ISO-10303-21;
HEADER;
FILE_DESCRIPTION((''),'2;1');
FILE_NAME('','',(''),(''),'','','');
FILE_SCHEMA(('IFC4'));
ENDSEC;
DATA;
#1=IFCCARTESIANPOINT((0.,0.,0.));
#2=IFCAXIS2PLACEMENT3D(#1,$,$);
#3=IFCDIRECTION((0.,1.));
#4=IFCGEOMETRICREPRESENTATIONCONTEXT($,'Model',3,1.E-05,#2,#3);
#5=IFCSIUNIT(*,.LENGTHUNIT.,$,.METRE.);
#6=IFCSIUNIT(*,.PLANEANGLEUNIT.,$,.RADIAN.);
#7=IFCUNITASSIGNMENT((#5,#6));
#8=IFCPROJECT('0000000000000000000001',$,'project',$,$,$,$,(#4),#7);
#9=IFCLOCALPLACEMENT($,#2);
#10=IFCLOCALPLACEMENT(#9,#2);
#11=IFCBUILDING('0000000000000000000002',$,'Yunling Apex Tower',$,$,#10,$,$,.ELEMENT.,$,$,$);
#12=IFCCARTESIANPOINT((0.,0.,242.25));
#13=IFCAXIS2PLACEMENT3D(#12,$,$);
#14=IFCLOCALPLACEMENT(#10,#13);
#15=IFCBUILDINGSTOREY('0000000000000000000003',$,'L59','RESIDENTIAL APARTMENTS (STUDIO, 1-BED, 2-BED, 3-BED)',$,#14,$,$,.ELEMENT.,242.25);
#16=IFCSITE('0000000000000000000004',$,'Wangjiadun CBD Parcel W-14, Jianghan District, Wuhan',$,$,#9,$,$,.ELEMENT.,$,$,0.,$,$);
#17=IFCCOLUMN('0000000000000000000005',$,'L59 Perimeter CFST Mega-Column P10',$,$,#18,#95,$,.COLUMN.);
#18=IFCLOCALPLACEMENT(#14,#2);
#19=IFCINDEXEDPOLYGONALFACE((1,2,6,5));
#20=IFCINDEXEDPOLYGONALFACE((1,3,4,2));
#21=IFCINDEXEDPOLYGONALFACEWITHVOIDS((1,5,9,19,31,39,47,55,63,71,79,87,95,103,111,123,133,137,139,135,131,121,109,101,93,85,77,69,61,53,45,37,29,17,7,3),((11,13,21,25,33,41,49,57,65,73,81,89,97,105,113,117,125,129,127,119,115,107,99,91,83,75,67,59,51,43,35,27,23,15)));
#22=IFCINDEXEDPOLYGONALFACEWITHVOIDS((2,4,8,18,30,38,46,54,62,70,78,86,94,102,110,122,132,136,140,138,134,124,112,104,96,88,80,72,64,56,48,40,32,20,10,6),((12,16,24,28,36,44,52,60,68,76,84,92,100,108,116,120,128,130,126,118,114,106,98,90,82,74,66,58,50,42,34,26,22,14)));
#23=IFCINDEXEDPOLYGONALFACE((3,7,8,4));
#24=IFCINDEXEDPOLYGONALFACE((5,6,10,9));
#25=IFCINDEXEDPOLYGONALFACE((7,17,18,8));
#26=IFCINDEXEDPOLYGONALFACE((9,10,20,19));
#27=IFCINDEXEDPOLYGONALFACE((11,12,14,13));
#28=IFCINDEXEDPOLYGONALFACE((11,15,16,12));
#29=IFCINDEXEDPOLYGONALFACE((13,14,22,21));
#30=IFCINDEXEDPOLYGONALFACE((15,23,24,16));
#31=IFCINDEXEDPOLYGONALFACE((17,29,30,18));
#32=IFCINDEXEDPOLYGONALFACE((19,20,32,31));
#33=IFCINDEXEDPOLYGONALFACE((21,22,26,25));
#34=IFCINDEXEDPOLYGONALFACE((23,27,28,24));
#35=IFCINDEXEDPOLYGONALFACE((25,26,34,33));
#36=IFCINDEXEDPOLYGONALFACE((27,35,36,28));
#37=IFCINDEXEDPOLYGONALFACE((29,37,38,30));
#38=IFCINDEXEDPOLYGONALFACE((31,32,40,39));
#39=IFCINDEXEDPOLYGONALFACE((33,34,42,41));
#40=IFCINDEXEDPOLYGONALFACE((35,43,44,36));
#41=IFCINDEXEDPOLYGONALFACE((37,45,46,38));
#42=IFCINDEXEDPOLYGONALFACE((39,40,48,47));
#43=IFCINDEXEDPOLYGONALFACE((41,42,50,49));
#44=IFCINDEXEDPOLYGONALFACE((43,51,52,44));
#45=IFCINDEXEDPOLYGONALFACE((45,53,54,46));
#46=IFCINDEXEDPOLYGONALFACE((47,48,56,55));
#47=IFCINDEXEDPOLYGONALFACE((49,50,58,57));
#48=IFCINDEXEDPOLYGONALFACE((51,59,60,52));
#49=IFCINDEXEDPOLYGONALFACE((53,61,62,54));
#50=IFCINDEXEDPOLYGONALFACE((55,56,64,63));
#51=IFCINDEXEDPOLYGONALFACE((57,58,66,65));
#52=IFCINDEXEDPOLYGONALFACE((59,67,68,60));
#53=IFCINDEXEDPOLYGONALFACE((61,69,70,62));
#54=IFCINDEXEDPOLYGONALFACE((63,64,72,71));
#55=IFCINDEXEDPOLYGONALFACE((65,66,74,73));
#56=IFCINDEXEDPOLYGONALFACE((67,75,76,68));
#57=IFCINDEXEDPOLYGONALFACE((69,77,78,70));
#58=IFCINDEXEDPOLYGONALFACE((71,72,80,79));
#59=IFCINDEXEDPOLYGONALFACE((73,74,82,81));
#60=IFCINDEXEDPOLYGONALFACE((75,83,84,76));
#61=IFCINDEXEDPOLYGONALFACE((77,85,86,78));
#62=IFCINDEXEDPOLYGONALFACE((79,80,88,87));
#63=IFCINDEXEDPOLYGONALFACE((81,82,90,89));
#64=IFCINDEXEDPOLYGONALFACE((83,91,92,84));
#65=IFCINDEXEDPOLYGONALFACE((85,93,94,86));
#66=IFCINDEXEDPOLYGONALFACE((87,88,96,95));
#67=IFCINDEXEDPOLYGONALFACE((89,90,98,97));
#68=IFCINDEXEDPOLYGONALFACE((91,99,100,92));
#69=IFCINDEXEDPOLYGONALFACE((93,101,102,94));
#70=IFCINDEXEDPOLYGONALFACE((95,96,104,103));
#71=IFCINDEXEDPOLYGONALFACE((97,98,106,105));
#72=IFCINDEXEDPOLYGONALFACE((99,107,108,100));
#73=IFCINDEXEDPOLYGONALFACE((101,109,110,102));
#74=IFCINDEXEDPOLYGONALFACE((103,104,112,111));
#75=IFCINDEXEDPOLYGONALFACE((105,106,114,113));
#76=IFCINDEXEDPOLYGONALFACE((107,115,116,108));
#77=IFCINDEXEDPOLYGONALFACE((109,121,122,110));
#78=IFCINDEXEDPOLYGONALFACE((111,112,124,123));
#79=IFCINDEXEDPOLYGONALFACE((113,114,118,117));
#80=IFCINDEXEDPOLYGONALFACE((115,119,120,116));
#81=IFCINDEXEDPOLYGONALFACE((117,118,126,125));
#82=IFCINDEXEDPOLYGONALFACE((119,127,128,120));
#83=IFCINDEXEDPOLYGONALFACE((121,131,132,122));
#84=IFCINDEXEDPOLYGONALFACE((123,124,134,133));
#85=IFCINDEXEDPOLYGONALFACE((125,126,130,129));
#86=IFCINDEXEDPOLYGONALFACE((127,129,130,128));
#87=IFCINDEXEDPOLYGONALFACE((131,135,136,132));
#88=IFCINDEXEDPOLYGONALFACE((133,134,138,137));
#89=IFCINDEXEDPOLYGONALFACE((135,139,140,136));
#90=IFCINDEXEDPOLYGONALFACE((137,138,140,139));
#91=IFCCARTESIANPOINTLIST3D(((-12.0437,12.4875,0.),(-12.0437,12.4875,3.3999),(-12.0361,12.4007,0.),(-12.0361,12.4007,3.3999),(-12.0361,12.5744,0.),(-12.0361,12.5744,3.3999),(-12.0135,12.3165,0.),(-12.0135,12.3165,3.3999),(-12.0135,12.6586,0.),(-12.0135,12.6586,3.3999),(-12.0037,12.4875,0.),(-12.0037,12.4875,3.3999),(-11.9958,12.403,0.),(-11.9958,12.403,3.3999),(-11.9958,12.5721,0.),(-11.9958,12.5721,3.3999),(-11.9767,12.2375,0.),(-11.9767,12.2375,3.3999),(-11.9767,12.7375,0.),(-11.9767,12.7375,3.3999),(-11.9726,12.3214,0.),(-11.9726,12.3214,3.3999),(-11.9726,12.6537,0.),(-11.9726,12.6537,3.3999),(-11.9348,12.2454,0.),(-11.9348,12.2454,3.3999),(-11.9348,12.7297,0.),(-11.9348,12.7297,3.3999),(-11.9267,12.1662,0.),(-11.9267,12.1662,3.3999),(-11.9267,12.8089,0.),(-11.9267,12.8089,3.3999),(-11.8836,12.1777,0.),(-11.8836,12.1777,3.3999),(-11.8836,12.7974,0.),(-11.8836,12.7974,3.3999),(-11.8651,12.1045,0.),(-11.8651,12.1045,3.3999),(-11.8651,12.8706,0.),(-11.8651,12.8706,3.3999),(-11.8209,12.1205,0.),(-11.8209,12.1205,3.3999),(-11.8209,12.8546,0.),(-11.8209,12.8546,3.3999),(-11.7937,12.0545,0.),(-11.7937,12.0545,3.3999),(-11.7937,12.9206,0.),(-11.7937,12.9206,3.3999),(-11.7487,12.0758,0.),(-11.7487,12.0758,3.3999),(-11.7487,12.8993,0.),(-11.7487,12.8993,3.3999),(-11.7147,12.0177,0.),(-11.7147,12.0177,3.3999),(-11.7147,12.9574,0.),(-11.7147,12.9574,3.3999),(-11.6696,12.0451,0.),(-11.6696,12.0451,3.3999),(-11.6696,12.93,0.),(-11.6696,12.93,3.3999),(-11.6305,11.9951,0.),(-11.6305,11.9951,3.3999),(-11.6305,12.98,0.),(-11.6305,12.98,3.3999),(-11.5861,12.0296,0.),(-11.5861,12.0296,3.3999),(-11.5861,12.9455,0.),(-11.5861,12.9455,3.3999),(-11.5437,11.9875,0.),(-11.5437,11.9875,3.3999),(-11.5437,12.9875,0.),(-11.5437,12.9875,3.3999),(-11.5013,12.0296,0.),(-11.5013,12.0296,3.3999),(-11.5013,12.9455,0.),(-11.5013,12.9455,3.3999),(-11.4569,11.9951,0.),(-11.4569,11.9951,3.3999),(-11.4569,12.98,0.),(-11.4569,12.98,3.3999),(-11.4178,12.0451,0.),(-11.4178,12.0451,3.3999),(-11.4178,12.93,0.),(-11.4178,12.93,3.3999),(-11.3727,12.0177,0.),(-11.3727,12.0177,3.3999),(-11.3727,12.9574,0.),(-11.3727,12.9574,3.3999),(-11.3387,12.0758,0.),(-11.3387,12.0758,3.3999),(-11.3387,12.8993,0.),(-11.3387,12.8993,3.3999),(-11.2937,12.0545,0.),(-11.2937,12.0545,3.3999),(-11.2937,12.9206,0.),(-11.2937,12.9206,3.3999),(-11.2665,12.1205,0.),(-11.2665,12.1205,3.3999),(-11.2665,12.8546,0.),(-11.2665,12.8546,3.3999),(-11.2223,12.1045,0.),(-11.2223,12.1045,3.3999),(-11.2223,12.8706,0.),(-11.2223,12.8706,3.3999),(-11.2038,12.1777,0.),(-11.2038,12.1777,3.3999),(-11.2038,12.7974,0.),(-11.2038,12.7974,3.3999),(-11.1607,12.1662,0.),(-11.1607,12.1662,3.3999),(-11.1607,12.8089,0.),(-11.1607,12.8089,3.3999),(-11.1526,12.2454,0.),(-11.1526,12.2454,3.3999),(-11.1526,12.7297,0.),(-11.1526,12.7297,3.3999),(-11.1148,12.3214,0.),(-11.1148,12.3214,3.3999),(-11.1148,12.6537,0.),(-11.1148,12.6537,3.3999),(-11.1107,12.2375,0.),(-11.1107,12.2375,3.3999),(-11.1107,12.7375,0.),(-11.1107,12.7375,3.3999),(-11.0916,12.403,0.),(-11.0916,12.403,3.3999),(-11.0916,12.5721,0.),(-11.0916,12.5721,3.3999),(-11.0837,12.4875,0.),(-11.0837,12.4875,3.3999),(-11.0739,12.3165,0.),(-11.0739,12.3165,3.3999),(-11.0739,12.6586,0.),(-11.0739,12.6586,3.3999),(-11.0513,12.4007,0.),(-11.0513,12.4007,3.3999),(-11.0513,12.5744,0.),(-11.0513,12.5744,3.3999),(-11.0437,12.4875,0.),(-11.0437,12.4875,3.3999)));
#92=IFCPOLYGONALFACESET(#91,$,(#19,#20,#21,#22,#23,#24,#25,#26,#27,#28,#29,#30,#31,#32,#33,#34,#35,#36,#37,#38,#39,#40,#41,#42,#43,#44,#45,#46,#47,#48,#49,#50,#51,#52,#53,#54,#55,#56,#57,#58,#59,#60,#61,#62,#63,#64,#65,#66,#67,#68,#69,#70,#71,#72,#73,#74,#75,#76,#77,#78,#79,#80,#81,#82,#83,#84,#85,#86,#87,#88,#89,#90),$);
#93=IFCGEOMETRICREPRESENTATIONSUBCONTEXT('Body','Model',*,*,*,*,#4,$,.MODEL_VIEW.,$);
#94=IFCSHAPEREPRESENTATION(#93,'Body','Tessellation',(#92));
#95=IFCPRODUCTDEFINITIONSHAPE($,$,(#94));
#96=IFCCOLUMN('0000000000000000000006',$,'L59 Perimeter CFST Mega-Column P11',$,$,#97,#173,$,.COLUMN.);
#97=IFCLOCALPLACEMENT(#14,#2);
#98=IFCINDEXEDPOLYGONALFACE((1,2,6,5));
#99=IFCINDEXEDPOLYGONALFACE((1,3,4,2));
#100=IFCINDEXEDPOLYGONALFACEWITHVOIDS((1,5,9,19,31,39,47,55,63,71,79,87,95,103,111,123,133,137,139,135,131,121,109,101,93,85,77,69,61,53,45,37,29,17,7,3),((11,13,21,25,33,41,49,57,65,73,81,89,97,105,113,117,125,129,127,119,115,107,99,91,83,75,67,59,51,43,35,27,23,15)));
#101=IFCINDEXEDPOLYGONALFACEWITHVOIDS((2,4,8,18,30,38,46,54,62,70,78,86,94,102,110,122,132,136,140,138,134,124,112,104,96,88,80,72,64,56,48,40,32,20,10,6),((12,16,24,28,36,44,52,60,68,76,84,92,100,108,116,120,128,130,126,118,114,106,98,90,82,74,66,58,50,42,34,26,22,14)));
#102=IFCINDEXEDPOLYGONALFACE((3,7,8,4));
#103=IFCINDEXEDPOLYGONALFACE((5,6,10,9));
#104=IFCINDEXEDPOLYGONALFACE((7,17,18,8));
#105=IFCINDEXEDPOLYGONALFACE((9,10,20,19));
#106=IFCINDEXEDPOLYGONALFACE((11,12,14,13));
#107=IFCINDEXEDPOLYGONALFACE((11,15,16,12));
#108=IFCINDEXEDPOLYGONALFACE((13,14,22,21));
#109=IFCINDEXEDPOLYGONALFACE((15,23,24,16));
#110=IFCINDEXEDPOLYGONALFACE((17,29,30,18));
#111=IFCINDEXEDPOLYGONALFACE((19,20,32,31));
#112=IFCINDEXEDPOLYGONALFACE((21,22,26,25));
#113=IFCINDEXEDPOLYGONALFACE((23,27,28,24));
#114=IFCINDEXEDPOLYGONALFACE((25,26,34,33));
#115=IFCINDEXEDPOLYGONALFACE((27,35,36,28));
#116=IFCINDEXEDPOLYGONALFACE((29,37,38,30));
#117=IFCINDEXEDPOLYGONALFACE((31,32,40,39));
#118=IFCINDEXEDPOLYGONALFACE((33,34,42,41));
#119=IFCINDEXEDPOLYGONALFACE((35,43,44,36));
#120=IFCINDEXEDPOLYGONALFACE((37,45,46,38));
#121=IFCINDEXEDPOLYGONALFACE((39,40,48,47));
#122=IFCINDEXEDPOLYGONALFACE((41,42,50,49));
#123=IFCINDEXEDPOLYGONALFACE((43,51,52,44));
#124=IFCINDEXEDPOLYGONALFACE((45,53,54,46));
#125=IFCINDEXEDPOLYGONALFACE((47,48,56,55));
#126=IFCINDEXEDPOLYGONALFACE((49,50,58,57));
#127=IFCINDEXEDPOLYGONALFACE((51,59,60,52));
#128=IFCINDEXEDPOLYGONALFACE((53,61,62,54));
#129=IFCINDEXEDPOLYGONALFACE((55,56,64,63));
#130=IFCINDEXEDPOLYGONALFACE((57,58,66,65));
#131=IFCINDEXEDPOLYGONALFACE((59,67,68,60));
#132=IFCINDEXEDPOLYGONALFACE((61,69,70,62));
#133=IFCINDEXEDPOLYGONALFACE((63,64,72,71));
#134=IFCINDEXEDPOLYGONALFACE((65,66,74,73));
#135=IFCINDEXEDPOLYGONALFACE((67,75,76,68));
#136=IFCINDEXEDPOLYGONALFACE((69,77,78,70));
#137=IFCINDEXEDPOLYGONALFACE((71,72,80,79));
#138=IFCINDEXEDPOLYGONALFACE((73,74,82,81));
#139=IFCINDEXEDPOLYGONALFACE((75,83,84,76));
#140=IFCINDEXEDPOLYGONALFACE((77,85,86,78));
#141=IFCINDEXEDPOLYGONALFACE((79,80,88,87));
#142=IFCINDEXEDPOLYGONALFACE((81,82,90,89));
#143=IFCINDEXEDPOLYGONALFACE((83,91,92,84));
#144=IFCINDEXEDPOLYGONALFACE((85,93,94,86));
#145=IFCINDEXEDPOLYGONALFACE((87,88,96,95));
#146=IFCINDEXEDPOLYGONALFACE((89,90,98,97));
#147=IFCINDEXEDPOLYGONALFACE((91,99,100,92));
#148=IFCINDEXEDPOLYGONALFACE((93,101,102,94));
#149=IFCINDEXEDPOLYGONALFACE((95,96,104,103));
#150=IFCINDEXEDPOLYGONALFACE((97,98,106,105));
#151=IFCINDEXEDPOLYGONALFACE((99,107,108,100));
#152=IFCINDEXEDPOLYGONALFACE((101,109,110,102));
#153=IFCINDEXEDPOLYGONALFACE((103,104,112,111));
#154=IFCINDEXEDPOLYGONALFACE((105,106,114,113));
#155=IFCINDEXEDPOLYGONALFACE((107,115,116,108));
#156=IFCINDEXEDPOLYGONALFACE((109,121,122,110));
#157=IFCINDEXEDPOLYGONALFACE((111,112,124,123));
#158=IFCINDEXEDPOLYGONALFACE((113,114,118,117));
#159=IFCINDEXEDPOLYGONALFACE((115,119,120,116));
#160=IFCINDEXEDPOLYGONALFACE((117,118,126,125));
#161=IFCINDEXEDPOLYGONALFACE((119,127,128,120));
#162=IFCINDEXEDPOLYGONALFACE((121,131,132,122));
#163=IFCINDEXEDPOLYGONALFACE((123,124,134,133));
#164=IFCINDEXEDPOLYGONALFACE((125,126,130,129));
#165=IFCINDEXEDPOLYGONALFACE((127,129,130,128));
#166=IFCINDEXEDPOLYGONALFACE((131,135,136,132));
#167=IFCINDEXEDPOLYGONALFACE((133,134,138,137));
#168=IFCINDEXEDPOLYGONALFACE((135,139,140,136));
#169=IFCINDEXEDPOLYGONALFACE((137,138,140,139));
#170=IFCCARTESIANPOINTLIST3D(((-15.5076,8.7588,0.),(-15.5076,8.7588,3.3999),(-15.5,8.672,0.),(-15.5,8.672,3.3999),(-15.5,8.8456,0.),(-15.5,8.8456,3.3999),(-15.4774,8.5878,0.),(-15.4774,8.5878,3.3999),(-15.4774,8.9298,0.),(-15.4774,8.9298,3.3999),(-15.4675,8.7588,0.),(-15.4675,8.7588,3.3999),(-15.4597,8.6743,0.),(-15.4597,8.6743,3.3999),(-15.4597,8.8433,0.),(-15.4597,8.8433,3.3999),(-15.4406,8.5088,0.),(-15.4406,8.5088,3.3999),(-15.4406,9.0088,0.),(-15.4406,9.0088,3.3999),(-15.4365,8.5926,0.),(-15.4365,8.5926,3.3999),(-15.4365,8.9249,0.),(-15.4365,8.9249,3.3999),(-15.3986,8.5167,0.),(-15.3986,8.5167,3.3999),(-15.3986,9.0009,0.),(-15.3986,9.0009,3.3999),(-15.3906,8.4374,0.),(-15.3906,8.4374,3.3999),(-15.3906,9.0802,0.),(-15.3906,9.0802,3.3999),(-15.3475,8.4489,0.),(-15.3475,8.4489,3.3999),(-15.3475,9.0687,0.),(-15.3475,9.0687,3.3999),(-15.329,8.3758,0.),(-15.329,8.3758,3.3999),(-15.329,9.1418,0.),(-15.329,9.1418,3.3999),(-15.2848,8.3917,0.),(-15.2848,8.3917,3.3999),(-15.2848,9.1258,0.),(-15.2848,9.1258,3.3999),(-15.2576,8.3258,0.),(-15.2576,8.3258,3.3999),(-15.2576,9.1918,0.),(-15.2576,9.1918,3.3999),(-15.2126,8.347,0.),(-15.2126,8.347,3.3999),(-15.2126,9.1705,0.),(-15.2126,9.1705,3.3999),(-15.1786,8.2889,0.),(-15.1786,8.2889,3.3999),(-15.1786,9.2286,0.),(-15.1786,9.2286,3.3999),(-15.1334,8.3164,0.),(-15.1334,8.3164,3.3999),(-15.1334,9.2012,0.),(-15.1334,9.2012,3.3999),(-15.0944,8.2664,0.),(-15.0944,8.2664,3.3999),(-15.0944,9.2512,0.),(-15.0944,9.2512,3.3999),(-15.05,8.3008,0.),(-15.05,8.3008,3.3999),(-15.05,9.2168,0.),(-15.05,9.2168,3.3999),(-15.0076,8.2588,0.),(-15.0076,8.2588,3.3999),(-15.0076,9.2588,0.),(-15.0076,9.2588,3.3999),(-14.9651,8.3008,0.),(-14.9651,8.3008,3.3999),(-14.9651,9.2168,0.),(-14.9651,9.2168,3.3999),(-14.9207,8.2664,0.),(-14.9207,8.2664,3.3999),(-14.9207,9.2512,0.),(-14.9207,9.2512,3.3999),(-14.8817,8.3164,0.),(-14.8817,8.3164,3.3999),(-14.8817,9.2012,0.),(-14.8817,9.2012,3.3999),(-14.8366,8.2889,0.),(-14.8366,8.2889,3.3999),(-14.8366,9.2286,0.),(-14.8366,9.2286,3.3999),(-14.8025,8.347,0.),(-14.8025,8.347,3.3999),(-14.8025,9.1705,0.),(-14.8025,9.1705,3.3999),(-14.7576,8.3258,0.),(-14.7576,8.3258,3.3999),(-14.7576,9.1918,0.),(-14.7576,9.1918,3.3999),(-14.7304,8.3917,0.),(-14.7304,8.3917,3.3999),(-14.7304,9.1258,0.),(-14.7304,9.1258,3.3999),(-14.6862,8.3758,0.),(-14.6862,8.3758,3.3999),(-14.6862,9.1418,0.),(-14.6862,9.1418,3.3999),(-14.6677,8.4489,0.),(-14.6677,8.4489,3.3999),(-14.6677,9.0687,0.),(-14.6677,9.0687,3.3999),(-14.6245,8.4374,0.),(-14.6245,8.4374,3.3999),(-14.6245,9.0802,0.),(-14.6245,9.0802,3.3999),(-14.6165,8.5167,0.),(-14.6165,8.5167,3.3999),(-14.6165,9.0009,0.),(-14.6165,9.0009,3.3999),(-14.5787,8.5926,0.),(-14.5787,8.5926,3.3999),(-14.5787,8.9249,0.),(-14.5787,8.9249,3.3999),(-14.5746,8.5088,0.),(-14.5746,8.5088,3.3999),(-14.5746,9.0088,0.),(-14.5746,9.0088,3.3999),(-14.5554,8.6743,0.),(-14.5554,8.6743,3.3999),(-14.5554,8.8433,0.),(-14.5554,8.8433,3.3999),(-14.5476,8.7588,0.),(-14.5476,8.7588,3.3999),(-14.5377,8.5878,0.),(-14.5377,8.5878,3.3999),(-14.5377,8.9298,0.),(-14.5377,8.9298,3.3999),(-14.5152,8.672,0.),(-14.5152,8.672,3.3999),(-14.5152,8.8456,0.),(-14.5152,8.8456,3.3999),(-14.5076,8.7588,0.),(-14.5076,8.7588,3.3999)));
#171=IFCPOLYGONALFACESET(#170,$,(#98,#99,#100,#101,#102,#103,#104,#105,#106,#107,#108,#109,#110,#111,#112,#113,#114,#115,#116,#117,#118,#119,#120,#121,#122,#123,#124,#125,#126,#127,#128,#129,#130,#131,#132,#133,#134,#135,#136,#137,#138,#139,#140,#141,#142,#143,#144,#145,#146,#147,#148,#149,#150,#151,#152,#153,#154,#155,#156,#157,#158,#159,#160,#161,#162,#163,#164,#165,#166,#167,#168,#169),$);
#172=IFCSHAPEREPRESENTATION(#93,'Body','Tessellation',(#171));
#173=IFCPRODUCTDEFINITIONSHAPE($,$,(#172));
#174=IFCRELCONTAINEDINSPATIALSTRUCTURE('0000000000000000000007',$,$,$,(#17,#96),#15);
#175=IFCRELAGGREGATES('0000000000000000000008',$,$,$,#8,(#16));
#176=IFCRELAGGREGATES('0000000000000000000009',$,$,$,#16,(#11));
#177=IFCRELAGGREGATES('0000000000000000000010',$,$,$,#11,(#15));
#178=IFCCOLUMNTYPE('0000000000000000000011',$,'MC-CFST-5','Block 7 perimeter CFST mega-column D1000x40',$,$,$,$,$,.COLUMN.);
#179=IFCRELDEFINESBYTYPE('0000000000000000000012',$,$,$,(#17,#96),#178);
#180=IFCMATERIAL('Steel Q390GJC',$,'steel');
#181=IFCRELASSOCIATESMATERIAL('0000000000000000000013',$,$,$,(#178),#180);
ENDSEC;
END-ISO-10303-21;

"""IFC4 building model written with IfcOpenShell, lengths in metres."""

from ifc_helpers import new_model, si_unit, direction, frame, origin, origin_2d, place, context, subcontext, project, spatial, hollow_circle, extrude, source, transform, mapped, material, material_profile, profile_set, type_object, element, save


model = new_model("IFC4")

# Units and contexts
model_context = context("Model", 3, precision=1e-05, world=origin(), true_north=direction((0.0, 1.0)))
body_context = subcontext(model_context, "Body", "Model", "MODEL_VIEW")
ifc_project = project(units=[si_unit("LENGTHUNIT", "METRE"), si_unit("PLANEANGLEUNIT", "RADIAN")], contexts=[model_context])

# Site, building, storey
site_placement = place(None, origin())
site = spatial("IfcSite", under=ifc_project, at=site_placement, Name="Wangjiadun CBD Parcel W-14, Jianghan District, Wuhan", CompositionType="ELEMENT", RefElevation=0.0)
building_placement = place(site_placement, origin())
building = spatial("IfcBuilding", under=site, at=building_placement, Name="Yunling Apex Tower", CompositionType="ELEMENT")
storey_placement = place(building_placement, frame((0.0, 0.0, 242.25)))
storey = spatial("IfcBuildingStorey", under=building, at=storey_placement, Name="L59", Description="RESIDENTIAL APARTMENTS (STUDIO, 1-BED, 2-BED, 3-BED)", CompositionType="ELEMENT", Elevation=242.25)

# Columns
ifc_material_1 = material(Name="Steel Q390GJC", Category="steel")
ifc_material_profile_1 = material_profile(ifc_material_1, hollow_circle(Radius=0.5, WallThickness=0.04, at=origin_2d()))
ifc_profile_set_1 = profile_set([ifc_material_profile_1], Name="Steel Q390GJC")
column_type = type_object("IfcColumnType", Name="MC-CFST-5", Description="Block 7 perimeter CFST mega-column D1000x40", PredefinedType="COLUMN", material=ifc_profile_set_1)
shared_shape_1 = source(origin(), body_context, "Body", "SweptSolid", [
    extrude(hollow_circle(Radius=0.5, WallThickness=0.04, at=origin_2d()), origin(), (0.0, 0.0, 1.0), 3.3999),
])
for number, where, z_axis, x_axis, name in (
    (1, (-11.5437, 12.4875, 0.0), (0.0, 0.0, 1.0), (1.0, 0.0, 0.0), "L59 Perimeter CFST Mega-Column P10"),
    (2, (-15.0076, 8.7588, 0.0), (0.0, 0.0, 1.0), (1.0, 0.0, 0.0), "L59 Perimeter CFST Mega-Column P11"),
):
    element("IfcColumn", number, at=place(storey_placement, frame(where, z_axis=z_axis, x_axis=x_axis)), inside=storey, type_object=column_type, Name=name, PredefinedType="COLUMN", context=body_context, shape_type="MappedRepresentation", body=[
        mapped(shared_shape_1, transform((0.0, 0.0, 0.0), scale=1.0)),
    ])

save(model, "model.ifc")
